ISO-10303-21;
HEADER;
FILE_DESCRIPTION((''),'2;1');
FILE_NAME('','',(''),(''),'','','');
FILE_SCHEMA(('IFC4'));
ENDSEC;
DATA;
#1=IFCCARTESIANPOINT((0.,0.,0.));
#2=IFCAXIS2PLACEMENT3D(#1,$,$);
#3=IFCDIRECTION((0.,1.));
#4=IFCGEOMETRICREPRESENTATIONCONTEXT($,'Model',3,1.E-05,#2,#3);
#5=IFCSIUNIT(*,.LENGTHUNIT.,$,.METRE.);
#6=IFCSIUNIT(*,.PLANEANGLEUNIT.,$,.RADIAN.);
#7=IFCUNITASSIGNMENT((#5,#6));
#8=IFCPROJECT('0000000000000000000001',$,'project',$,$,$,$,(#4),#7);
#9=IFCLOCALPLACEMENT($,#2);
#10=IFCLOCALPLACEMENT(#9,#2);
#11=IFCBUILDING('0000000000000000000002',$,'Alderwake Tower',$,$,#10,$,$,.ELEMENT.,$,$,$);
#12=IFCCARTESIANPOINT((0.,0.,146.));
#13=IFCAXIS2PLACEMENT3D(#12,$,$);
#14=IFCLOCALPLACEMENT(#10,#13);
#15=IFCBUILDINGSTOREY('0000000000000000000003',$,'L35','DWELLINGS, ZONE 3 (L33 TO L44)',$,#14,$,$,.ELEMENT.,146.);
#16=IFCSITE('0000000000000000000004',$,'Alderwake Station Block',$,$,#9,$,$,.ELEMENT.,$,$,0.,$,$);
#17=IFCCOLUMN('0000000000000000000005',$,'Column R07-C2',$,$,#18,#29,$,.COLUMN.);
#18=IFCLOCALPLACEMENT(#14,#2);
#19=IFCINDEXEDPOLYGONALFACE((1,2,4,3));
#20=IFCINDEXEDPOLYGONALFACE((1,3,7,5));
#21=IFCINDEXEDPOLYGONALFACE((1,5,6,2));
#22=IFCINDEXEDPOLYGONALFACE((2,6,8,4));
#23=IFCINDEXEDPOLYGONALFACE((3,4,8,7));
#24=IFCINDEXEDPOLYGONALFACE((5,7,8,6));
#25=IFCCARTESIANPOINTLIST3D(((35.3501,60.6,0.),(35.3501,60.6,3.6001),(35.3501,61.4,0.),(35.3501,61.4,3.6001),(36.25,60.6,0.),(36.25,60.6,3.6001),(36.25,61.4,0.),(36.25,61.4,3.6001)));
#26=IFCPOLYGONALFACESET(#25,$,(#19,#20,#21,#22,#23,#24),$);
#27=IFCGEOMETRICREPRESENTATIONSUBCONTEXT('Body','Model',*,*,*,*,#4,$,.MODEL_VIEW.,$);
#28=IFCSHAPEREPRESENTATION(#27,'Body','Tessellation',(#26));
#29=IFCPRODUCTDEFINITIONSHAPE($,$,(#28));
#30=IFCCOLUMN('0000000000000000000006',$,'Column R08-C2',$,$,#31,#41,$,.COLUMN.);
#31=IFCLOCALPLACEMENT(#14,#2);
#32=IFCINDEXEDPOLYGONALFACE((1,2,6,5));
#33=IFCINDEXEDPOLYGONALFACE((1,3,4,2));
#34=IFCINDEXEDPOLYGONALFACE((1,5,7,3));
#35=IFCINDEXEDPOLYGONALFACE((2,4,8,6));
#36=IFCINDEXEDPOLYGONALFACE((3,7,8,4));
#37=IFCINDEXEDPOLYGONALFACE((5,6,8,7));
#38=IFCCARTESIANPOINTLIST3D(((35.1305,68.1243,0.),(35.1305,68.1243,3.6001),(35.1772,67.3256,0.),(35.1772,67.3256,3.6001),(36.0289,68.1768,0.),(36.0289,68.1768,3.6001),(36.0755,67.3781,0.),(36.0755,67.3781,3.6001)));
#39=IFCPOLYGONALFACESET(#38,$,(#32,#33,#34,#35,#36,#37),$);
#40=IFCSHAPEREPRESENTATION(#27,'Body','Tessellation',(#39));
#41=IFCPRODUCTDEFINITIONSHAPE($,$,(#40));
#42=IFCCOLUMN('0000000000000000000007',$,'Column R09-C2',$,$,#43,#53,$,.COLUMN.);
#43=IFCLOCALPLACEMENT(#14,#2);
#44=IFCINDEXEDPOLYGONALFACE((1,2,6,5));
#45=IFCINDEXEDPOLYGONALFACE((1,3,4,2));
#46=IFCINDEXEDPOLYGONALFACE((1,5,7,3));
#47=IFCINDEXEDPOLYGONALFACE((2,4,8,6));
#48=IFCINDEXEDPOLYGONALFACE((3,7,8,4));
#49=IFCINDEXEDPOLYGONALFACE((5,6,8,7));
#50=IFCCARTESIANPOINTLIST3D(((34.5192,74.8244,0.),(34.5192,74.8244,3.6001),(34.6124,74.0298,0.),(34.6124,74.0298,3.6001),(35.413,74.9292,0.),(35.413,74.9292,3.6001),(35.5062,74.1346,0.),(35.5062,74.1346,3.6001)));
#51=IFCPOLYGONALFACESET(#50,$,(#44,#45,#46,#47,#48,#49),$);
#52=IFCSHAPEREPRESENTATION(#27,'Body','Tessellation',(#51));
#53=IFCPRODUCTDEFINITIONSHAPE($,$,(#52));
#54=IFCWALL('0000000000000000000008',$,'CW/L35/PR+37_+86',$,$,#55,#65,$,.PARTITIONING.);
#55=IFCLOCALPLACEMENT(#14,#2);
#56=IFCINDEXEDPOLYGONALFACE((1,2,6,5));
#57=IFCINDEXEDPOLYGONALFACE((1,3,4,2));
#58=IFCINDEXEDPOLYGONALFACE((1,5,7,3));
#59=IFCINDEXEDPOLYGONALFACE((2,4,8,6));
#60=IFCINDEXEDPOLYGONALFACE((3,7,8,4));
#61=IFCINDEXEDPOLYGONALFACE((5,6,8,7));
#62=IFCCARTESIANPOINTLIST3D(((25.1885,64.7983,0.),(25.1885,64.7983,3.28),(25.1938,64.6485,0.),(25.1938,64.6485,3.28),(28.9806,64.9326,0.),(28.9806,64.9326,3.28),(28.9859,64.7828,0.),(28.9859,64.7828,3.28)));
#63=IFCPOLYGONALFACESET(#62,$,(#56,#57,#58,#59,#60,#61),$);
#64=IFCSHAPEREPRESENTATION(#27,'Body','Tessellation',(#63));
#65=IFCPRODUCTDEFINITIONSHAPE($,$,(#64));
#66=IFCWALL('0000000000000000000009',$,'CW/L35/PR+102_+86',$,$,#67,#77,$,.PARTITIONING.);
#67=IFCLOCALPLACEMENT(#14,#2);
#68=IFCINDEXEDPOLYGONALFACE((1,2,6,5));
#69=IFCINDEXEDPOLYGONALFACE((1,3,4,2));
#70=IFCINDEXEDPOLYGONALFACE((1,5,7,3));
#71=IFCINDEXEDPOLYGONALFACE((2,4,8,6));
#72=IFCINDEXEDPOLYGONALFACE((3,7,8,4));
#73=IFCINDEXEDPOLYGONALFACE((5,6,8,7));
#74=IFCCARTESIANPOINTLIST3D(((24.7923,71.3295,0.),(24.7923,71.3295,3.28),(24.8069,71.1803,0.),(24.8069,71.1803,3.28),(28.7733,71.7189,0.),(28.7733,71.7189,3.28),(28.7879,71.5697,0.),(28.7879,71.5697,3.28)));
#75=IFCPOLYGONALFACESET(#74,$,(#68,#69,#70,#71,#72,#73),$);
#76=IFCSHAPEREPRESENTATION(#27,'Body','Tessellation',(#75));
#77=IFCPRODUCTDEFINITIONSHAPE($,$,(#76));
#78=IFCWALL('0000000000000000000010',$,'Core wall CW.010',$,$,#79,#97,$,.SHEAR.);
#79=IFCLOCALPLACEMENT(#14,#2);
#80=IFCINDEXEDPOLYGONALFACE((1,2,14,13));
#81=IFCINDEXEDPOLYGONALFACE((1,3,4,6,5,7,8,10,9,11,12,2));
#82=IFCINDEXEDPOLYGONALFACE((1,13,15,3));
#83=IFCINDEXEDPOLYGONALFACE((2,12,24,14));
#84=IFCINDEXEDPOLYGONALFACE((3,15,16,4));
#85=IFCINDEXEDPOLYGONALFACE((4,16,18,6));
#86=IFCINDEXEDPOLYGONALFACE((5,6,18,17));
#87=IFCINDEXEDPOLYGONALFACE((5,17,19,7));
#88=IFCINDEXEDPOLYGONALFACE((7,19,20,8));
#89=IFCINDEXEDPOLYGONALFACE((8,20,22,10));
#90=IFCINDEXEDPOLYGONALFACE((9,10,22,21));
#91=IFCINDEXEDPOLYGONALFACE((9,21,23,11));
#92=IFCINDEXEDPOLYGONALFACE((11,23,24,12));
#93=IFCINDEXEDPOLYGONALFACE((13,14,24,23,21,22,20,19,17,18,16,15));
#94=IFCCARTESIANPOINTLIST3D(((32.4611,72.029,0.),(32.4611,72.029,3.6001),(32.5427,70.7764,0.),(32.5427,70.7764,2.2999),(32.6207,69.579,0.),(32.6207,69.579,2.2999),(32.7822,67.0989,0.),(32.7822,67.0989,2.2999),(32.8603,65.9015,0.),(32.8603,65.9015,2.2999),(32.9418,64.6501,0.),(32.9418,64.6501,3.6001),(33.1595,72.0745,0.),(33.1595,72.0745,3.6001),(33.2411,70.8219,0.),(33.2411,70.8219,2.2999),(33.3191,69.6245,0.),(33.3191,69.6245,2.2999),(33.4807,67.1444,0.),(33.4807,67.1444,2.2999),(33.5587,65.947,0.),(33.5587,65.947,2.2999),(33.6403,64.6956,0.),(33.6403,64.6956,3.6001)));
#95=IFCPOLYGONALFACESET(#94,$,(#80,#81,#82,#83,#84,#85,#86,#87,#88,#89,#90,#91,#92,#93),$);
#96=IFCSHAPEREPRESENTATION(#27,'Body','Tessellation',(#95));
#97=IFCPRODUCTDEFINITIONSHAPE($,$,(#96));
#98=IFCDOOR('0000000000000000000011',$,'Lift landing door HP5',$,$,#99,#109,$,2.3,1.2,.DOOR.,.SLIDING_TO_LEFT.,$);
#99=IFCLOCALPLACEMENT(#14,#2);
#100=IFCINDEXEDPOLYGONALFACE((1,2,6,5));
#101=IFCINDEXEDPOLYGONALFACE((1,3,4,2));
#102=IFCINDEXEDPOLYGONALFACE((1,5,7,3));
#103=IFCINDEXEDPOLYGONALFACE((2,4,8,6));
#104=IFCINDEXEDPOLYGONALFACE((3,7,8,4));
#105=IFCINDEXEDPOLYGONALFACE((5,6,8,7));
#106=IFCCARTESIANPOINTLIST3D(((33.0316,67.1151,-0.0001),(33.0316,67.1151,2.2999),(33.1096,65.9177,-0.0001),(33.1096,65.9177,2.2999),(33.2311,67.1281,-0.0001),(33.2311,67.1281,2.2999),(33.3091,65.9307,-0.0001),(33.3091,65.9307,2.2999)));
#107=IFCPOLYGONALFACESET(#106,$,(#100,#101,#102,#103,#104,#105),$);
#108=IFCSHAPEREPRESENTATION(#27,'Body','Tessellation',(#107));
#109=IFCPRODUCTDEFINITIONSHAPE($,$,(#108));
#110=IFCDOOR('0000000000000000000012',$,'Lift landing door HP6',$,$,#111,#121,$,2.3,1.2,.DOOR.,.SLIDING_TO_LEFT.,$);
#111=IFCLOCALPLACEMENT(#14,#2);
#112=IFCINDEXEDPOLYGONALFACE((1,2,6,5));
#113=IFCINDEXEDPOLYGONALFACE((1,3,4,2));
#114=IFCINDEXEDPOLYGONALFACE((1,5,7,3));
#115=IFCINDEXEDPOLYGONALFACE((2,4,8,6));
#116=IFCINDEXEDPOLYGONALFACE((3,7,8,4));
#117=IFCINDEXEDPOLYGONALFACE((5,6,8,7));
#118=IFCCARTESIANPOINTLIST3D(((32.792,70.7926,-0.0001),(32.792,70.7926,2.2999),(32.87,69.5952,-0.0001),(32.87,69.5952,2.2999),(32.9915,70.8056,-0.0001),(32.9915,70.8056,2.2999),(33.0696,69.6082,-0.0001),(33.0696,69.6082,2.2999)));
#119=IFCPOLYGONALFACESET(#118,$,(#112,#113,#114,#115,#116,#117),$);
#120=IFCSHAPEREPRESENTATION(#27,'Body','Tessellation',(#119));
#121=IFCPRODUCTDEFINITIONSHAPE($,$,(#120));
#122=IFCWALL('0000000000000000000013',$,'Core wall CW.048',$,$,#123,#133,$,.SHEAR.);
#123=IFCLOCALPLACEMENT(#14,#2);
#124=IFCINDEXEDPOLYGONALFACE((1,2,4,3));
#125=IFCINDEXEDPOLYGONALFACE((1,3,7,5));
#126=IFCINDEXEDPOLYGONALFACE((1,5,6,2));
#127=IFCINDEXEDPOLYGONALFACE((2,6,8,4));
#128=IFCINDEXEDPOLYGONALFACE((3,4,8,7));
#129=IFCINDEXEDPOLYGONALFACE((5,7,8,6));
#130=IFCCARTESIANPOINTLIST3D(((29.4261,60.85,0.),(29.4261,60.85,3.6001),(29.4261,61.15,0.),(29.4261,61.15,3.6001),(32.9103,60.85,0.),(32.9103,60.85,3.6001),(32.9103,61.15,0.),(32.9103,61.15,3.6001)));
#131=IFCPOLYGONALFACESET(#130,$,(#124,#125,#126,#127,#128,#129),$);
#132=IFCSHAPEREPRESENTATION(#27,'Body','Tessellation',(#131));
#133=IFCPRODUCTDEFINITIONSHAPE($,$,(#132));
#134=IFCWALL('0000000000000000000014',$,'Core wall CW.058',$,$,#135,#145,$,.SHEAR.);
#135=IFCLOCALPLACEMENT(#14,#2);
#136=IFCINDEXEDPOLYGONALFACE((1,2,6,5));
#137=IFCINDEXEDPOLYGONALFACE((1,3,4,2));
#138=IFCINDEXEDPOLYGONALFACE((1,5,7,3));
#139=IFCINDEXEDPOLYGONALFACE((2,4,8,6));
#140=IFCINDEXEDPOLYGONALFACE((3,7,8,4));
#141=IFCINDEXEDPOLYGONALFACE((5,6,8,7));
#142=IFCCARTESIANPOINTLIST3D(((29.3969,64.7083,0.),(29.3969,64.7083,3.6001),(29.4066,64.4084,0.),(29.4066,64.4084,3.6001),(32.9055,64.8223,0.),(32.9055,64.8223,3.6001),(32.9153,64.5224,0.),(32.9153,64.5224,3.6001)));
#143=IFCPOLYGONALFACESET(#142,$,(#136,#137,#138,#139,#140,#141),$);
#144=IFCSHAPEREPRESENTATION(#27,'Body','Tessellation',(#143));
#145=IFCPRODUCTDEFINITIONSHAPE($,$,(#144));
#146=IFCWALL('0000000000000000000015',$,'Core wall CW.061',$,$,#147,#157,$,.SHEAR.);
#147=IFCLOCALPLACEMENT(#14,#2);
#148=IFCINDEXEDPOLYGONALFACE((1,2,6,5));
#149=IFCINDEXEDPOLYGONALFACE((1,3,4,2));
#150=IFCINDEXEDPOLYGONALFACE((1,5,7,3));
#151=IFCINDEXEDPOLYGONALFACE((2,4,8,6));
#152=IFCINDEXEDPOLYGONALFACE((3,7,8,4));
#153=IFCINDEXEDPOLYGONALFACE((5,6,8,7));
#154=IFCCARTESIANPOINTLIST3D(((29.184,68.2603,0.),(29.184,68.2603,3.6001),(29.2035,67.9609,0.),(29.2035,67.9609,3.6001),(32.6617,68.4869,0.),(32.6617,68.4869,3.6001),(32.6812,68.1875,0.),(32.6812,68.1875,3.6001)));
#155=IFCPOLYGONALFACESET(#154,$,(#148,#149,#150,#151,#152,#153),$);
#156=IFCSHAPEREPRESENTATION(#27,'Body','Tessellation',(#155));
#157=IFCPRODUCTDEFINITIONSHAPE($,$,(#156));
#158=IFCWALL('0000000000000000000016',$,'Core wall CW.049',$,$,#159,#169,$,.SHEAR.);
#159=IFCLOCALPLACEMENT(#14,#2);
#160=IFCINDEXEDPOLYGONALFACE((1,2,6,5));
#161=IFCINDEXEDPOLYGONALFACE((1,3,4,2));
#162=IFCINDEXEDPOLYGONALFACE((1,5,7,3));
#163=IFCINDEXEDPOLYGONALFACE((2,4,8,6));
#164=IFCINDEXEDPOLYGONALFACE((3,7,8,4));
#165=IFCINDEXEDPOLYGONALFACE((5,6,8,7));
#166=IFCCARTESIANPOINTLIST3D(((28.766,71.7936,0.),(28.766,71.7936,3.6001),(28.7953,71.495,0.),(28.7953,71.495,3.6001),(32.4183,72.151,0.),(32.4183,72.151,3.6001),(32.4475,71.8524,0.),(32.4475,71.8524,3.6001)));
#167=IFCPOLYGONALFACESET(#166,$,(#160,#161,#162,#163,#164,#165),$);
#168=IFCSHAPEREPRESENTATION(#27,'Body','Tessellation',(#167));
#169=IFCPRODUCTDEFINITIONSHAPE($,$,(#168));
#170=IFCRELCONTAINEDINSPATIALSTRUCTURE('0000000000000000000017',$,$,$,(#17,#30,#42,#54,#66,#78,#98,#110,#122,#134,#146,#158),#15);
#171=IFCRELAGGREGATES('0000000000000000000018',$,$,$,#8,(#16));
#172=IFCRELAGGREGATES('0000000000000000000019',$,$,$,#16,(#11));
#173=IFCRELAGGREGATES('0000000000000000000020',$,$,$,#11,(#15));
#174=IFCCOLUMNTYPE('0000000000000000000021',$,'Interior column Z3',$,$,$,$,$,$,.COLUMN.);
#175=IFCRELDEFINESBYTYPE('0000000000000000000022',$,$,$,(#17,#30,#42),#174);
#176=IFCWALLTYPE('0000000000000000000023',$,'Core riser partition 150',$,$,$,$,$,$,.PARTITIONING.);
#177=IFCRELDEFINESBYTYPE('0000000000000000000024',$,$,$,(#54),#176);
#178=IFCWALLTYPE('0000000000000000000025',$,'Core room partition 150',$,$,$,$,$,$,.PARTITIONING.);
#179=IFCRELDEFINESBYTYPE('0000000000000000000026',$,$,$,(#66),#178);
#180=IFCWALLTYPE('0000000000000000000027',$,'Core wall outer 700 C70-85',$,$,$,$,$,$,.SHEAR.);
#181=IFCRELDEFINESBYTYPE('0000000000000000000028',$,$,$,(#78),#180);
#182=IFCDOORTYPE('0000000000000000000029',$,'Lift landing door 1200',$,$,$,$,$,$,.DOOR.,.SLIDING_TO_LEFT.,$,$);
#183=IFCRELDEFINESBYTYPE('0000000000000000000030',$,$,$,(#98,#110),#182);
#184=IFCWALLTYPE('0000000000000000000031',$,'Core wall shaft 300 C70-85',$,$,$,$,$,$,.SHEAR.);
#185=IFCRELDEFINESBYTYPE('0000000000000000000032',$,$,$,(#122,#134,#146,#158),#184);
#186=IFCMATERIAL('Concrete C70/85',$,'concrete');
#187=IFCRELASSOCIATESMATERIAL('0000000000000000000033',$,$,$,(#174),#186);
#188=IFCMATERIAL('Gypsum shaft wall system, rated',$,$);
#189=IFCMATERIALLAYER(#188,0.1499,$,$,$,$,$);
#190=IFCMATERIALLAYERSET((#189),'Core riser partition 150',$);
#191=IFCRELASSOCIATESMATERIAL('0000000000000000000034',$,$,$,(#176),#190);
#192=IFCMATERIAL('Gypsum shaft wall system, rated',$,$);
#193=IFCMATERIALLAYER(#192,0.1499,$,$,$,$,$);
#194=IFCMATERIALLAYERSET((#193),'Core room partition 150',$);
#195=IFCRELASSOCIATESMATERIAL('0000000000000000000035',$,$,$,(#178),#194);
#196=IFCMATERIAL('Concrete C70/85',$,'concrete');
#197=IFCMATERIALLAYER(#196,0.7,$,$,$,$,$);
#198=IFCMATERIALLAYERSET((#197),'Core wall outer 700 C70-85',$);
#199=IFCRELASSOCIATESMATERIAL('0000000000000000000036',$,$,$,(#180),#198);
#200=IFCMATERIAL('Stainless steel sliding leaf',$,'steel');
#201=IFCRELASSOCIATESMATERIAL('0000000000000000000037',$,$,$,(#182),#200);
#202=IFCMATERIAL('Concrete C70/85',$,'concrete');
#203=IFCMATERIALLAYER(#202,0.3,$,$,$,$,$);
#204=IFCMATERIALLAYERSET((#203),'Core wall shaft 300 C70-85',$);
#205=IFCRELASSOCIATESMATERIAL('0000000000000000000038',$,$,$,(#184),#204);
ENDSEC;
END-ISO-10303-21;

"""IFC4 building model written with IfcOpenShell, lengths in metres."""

from ifc_helpers import new_model, si_unit, direction, frame, frame_2d, origin, origin_2d, place, context, subcontext, project, spatial, rectangle, extrude, material, layer, layer_set, material_profile, profile_set, type_object, element, fill, save


model = new_model("IFC4")

# Units and contexts
model_context = context("Model", 3, precision=1e-05, world=origin(), true_north=direction((0.0, 1.0)))
body_context = subcontext(model_context, "Body", "Model", "MODEL_VIEW")
ifc_project = project(units=[si_unit("LENGTHUNIT", "METRE"), si_unit("PLANEANGLEUNIT", "RADIAN")], contexts=[model_context])

# Site, building, storey
site_placement = place(None, origin())
site = spatial("IfcSite", under=ifc_project, at=site_placement, Name="Alderwake Station Block", CompositionType="ELEMENT", RefElevation=0.0)
building_placement = place(site_placement, origin())
building = spatial("IfcBuilding", under=site, at=building_placement, Name="Alderwake Tower", CompositionType="ELEMENT")
storey_placement = place(building_placement, frame((0.0, 0.0, 146.0)))
storey = spatial("IfcBuildingStorey", under=building, at=storey_placement, Name="L35", Description="DWELLINGS, ZONE 3 (L33 TO L44)", CompositionType="ELEMENT", Elevation=146.0)

# Columns
ifc_material_1 = material(Name="Concrete C70/85", Category="concrete")
ifc_material_profile = material_profile(ifc_material_1, rectangle(XDim=0.8, YDim=0.8999, at=origin_2d()), Name="RC 900X800")
ifc_profile_set = profile_set([ifc_material_profile], Name="Concrete C70/85")
column_type = type_object("IfcColumnType", Name="Interior column Z3", PredefinedType="COLUMN", material=ifc_profile_set)
for number, where, z_axis, x_axis, name in (
    (1, (35.8, 61.0, 0.0), (0.0, 0.0, 1.0), (0.0, 1.0, 0.0), "Column R07-C2"),
    (2, (35.603, 67.7512, 0.0), (0.0, 0.0, 1.0), (-0.058301, 0.998299, 0.0), "Column R08-C2"),
    (3, (35.0127, 74.4795, 0.0), (0.0, 0.0, 1.0), (-0.116402, 0.993202, 0.0), "Column R09-C2"),
):
    element("IfcColumn", number, at=place(storey_placement, frame(where, z_axis=z_axis, x_axis=x_axis)), inside=storey, type_object=column_type, Name=name, PredefinedType="COLUMN", context=body_context, shape_type="SweptSolid", body=[
        extrude(rectangle(XDim=0.8, YDim=0.8999, at=origin_2d()), origin(), (0.0, 0.0, 1.0), 3.6001),
    ])

# Walls
ifc_material_2 = material(Name="Gypsum shaft wall system, rated")
ifc_layer_1 = layer(ifc_material_2, 0.1499)
ifc_layer_set_1 = layer_set([ifc_layer_1], Name="Core riser partition 150")
wall_type_1 = type_object("IfcWallType", Name="Core riser partition 150", PredefinedType="PARTITIONING", material=ifc_layer_set_1)
wall_1_placement = place(storey_placement, frame((25.1912, 64.7234, 0.0), z_axis=(0.0, 0.0, 1.0), x_axis=(0.999374, 0.035389, 0.0)))
element("IfcWall", 4, at=wall_1_placement, inside=storey, type_object=wall_type_1, Name="CW/L35/PR+37_+86", PredefinedType="PARTITIONING", context=body_context, shape_type="SweptSolid", body=[
    extrude(rectangle(XDim=3.7944, YDim=0.1499, at=frame_2d((1.8972, 0.0))), origin(), (0.0, 0.0, 1.0), 3.28),
])
ifc_material_3 = material(Name="Gypsum shaft wall system, rated")
ifc_layer_2 = layer(ifc_material_3, 0.1499)
ifc_layer_set_2 = layer_set([ifc_layer_2], Name="Core room partition 150")
wall_type_2 = type_object("IfcWallType", Name="Core room partition 150", PredefinedType="PARTITIONING", material=ifc_layer_set_2)
wall_2_placement = place(storey_placement, frame((24.7996, 71.2549, 0.0), z_axis=(0.0, 0.0, 1.0), x_axis=(0.99525, 0.097352, 0.0)))
element("IfcWall", 5, at=wall_2_placement, inside=storey, type_object=wall_type_2, Name="CW/L35/PR+102_+86", PredefinedType="PARTITIONING", context=body_context, shape_type="SweptSolid", body=[
    extrude(rectangle(XDim=4.0, YDim=0.1499, at=frame_2d((2.0, 0.0))), origin(), (0.0, 0.0, 1.0), 3.28),
])

# Wall, openings, doors
ifc_material_4 = material(Name="Concrete C70/85", Category="concrete")
ifc_layer_3 = layer(ifc_material_4, 0.7)
ifc_layer_set_3 = layer_set([ifc_layer_3], Name="Core wall outer 700 C70-85")
wall_type_3 = type_object("IfcWallType", Name="Core wall outer 700 C70-85", PredefinedType="SHEAR", material=ifc_layer_set_3)
wall_3_placement = place(storey_placement, frame((33.291, 64.6729, 0.0), z_axis=(0.0, 0.0, 1.0), x_axis=(-0.065009, 0.997885, 0.0)))
wall_3 = element("IfcWall", 6, at=wall_3_placement, inside=storey, type_object=wall_type_3, Name="Core wall CW.010", PredefinedType="SHEAR", context=body_context, shape_type="SweptSolid", body=[
    extrude(rectangle(XDim=7.3945, YDim=0.7, at=frame_2d((3.6973, 0.0))), origin(), (0.0, 0.0, 1.0), 3.6001),
])
opening_1_placement = place(wall_3_placement, frame((1.2539, 0.0, 0.0)))
opening_1 = element("IfcOpeningElement", 7, at=opening_1_placement, cuts=wall_3, PredefinedType="OPENING", context=body_context, shape_type="SweptSolid", body=[
    extrude(rectangle(XDim=1.2, YDim=2.3, at=frame_2d((0.6001, 1.1499))), frame((0.0, 0.3599, 0.0), z_axis=(0.0, -1.0, 0.0), x_axis=(1.0, 0.0, 0.0)), (0.0, 0.0, 1.0), 0.72),
])
opening_2_placement = place(wall_3_placement, frame((4.9392, 0.0, 0.0)))
opening_2 = element("IfcOpeningElement", 8, at=opening_2_placement, cuts=wall_3, PredefinedType="OPENING", context=body_context, shape_type="SweptSolid", body=[
    extrude(rectangle(XDim=1.2, YDim=2.3, at=frame_2d((0.6001, 1.1499))), frame((0.0, 0.3599, 0.0), z_axis=(0.0, -1.0, 0.0), x_axis=(1.0, 0.0, 0.0)), (0.0, 0.0, 1.0), 0.72),
])
ifc_material_5 = material(Name="Stainless steel sliding leaf", Category="steel")
door_type_1 = type_object("IfcDoorType", Name="Lift landing door 1200", OperationType="SLIDING_TO_LEFT", PredefinedType="DOOR", material=ifc_material_5)
door_1_placement = place(opening_1_placement, origin())
door_1 = element("IfcDoor", 9, at=door_1_placement, inside=storey, type_object=door_type_1, Name="Lift landing door HP5", OperationType="SLIDING_TO_LEFT", OverallHeight=2.3, OverallWidth=1.2, PredefinedType="DOOR", context=body_context, shape_type="SweptSolid", body=[
    extrude(rectangle(XDim=1.2, YDim=2.3, at=frame_2d((0.6001, 1.1499))), frame((0.0, 0.1001, 0.0), z_axis=(0.0, -1.0, 0.0), x_axis=(1.0, 0.0, 0.0)), (0.0, 0.0, 1.0), 0.2),
])
fill(opening_1, door_1)
door_2_placement = place(opening_2_placement, origin())
door_2 = element("IfcDoor", 10, at=door_2_placement, inside=storey, type_object=door_type_1, Name="Lift landing door HP6", OperationType="SLIDING_TO_LEFT", OverallHeight=2.3, OverallWidth=1.2, PredefinedType="DOOR", context=body_context, shape_type="SweptSolid", body=[
    extrude(rectangle(XDim=1.2, YDim=2.3, at=frame_2d((0.6001, 1.1499))), frame((0.0, 0.1001, 0.0), z_axis=(0.0, -1.0, 0.0), x_axis=(1.0, 0.0, 0.0)), (0.0, 0.0, 1.0), 0.2),
])
fill(opening_2, door_2)

# Walls
ifc_material_6 = material(Name="Concrete C70/85", Category="concrete")
ifc_layer_4 = layer(ifc_material_6, 0.3)
ifc_layer_set_4 = layer_set([ifc_layer_4], Name="Core wall shaft 300 C70-85")
wall_type_4 = type_object("IfcWallType", Name="Core wall shaft 300 C70-85", PredefinedType="SHEAR", material=ifc_layer_set_4)
wall_4_placement = place(storey_placement, frame((29.426, 61.0, 0.0), z_axis=(0.0, 0.0, 1.0), x_axis=(1.0, 0.0, 0.0)))
element("IfcWall", 11, at=wall_4_placement, inside=storey, type_object=wall_type_4, Name="Core wall CW.048", PredefinedType="SHEAR", context=body_context, shape_type="SweptSolid", body=[
    extrude(rectangle(XDim=3.4841, YDim=0.3, at=frame_2d((1.7422, 0.0))), origin(), (0.0, 0.0, 1.0), 3.6001),
])
wall_5_placement = place(storey_placement, frame((29.4016, 64.5583, 0.0), z_axis=(0.0, 0.0, 1.0), x_axis=(0.999472, 0.032479, 0.0)))
element("IfcWall", 12, at=wall_5_placement, inside=storey, type_object=wall_type_4, Name="Core wall CW.058", PredefinedType="SHEAR", context=body_context, shape_type="SweptSolid", body=[
    extrude(rectangle(XDim=3.5105, YDim=0.3, at=frame_2d((1.7554, 0.0))), origin(), (0.0, 0.0, 1.0), 3.6001),
])
wall_6_placement = place(storey_placement, frame((29.1936, 68.1106, 0.0), z_axis=(0.0, 0.0, 1.0), x_axis=(0.997885, 0.065008, 0.0)))
element("IfcWall", 13, at=wall_6_placement, inside=storey, type_object=wall_type_4, Name="Core wall CW.061", PredefinedType="SHEAR", context=body_context, shape_type="SweptSolid", body=[
    extrude(rectangle(XDim=3.4851, YDim=0.3, at=frame_2d((1.7427, 0.0))), origin(), (0.0, 0.0, 1.0), 3.6001),
])
wall_7_placement = place(storey_placement, frame((28.7805, 71.6443, 0.0), z_axis=(0.0, 0.0, 1.0), x_axis=(0.995246, 0.097396, 0.0)))
element("IfcWall", 14, at=wall_7_placement, inside=storey, type_object=wall_type_4, Name="Core wall CW.049", PredefinedType="SHEAR", context=body_context, shape_type="SweptSolid", body=[
    extrude(rectangle(XDim=3.6697, YDim=0.3, at=frame_2d((1.835, 0.0))), origin(), (0.0, 0.0, 1.0), 3.6001),
])

save(model, "model.ifc")
